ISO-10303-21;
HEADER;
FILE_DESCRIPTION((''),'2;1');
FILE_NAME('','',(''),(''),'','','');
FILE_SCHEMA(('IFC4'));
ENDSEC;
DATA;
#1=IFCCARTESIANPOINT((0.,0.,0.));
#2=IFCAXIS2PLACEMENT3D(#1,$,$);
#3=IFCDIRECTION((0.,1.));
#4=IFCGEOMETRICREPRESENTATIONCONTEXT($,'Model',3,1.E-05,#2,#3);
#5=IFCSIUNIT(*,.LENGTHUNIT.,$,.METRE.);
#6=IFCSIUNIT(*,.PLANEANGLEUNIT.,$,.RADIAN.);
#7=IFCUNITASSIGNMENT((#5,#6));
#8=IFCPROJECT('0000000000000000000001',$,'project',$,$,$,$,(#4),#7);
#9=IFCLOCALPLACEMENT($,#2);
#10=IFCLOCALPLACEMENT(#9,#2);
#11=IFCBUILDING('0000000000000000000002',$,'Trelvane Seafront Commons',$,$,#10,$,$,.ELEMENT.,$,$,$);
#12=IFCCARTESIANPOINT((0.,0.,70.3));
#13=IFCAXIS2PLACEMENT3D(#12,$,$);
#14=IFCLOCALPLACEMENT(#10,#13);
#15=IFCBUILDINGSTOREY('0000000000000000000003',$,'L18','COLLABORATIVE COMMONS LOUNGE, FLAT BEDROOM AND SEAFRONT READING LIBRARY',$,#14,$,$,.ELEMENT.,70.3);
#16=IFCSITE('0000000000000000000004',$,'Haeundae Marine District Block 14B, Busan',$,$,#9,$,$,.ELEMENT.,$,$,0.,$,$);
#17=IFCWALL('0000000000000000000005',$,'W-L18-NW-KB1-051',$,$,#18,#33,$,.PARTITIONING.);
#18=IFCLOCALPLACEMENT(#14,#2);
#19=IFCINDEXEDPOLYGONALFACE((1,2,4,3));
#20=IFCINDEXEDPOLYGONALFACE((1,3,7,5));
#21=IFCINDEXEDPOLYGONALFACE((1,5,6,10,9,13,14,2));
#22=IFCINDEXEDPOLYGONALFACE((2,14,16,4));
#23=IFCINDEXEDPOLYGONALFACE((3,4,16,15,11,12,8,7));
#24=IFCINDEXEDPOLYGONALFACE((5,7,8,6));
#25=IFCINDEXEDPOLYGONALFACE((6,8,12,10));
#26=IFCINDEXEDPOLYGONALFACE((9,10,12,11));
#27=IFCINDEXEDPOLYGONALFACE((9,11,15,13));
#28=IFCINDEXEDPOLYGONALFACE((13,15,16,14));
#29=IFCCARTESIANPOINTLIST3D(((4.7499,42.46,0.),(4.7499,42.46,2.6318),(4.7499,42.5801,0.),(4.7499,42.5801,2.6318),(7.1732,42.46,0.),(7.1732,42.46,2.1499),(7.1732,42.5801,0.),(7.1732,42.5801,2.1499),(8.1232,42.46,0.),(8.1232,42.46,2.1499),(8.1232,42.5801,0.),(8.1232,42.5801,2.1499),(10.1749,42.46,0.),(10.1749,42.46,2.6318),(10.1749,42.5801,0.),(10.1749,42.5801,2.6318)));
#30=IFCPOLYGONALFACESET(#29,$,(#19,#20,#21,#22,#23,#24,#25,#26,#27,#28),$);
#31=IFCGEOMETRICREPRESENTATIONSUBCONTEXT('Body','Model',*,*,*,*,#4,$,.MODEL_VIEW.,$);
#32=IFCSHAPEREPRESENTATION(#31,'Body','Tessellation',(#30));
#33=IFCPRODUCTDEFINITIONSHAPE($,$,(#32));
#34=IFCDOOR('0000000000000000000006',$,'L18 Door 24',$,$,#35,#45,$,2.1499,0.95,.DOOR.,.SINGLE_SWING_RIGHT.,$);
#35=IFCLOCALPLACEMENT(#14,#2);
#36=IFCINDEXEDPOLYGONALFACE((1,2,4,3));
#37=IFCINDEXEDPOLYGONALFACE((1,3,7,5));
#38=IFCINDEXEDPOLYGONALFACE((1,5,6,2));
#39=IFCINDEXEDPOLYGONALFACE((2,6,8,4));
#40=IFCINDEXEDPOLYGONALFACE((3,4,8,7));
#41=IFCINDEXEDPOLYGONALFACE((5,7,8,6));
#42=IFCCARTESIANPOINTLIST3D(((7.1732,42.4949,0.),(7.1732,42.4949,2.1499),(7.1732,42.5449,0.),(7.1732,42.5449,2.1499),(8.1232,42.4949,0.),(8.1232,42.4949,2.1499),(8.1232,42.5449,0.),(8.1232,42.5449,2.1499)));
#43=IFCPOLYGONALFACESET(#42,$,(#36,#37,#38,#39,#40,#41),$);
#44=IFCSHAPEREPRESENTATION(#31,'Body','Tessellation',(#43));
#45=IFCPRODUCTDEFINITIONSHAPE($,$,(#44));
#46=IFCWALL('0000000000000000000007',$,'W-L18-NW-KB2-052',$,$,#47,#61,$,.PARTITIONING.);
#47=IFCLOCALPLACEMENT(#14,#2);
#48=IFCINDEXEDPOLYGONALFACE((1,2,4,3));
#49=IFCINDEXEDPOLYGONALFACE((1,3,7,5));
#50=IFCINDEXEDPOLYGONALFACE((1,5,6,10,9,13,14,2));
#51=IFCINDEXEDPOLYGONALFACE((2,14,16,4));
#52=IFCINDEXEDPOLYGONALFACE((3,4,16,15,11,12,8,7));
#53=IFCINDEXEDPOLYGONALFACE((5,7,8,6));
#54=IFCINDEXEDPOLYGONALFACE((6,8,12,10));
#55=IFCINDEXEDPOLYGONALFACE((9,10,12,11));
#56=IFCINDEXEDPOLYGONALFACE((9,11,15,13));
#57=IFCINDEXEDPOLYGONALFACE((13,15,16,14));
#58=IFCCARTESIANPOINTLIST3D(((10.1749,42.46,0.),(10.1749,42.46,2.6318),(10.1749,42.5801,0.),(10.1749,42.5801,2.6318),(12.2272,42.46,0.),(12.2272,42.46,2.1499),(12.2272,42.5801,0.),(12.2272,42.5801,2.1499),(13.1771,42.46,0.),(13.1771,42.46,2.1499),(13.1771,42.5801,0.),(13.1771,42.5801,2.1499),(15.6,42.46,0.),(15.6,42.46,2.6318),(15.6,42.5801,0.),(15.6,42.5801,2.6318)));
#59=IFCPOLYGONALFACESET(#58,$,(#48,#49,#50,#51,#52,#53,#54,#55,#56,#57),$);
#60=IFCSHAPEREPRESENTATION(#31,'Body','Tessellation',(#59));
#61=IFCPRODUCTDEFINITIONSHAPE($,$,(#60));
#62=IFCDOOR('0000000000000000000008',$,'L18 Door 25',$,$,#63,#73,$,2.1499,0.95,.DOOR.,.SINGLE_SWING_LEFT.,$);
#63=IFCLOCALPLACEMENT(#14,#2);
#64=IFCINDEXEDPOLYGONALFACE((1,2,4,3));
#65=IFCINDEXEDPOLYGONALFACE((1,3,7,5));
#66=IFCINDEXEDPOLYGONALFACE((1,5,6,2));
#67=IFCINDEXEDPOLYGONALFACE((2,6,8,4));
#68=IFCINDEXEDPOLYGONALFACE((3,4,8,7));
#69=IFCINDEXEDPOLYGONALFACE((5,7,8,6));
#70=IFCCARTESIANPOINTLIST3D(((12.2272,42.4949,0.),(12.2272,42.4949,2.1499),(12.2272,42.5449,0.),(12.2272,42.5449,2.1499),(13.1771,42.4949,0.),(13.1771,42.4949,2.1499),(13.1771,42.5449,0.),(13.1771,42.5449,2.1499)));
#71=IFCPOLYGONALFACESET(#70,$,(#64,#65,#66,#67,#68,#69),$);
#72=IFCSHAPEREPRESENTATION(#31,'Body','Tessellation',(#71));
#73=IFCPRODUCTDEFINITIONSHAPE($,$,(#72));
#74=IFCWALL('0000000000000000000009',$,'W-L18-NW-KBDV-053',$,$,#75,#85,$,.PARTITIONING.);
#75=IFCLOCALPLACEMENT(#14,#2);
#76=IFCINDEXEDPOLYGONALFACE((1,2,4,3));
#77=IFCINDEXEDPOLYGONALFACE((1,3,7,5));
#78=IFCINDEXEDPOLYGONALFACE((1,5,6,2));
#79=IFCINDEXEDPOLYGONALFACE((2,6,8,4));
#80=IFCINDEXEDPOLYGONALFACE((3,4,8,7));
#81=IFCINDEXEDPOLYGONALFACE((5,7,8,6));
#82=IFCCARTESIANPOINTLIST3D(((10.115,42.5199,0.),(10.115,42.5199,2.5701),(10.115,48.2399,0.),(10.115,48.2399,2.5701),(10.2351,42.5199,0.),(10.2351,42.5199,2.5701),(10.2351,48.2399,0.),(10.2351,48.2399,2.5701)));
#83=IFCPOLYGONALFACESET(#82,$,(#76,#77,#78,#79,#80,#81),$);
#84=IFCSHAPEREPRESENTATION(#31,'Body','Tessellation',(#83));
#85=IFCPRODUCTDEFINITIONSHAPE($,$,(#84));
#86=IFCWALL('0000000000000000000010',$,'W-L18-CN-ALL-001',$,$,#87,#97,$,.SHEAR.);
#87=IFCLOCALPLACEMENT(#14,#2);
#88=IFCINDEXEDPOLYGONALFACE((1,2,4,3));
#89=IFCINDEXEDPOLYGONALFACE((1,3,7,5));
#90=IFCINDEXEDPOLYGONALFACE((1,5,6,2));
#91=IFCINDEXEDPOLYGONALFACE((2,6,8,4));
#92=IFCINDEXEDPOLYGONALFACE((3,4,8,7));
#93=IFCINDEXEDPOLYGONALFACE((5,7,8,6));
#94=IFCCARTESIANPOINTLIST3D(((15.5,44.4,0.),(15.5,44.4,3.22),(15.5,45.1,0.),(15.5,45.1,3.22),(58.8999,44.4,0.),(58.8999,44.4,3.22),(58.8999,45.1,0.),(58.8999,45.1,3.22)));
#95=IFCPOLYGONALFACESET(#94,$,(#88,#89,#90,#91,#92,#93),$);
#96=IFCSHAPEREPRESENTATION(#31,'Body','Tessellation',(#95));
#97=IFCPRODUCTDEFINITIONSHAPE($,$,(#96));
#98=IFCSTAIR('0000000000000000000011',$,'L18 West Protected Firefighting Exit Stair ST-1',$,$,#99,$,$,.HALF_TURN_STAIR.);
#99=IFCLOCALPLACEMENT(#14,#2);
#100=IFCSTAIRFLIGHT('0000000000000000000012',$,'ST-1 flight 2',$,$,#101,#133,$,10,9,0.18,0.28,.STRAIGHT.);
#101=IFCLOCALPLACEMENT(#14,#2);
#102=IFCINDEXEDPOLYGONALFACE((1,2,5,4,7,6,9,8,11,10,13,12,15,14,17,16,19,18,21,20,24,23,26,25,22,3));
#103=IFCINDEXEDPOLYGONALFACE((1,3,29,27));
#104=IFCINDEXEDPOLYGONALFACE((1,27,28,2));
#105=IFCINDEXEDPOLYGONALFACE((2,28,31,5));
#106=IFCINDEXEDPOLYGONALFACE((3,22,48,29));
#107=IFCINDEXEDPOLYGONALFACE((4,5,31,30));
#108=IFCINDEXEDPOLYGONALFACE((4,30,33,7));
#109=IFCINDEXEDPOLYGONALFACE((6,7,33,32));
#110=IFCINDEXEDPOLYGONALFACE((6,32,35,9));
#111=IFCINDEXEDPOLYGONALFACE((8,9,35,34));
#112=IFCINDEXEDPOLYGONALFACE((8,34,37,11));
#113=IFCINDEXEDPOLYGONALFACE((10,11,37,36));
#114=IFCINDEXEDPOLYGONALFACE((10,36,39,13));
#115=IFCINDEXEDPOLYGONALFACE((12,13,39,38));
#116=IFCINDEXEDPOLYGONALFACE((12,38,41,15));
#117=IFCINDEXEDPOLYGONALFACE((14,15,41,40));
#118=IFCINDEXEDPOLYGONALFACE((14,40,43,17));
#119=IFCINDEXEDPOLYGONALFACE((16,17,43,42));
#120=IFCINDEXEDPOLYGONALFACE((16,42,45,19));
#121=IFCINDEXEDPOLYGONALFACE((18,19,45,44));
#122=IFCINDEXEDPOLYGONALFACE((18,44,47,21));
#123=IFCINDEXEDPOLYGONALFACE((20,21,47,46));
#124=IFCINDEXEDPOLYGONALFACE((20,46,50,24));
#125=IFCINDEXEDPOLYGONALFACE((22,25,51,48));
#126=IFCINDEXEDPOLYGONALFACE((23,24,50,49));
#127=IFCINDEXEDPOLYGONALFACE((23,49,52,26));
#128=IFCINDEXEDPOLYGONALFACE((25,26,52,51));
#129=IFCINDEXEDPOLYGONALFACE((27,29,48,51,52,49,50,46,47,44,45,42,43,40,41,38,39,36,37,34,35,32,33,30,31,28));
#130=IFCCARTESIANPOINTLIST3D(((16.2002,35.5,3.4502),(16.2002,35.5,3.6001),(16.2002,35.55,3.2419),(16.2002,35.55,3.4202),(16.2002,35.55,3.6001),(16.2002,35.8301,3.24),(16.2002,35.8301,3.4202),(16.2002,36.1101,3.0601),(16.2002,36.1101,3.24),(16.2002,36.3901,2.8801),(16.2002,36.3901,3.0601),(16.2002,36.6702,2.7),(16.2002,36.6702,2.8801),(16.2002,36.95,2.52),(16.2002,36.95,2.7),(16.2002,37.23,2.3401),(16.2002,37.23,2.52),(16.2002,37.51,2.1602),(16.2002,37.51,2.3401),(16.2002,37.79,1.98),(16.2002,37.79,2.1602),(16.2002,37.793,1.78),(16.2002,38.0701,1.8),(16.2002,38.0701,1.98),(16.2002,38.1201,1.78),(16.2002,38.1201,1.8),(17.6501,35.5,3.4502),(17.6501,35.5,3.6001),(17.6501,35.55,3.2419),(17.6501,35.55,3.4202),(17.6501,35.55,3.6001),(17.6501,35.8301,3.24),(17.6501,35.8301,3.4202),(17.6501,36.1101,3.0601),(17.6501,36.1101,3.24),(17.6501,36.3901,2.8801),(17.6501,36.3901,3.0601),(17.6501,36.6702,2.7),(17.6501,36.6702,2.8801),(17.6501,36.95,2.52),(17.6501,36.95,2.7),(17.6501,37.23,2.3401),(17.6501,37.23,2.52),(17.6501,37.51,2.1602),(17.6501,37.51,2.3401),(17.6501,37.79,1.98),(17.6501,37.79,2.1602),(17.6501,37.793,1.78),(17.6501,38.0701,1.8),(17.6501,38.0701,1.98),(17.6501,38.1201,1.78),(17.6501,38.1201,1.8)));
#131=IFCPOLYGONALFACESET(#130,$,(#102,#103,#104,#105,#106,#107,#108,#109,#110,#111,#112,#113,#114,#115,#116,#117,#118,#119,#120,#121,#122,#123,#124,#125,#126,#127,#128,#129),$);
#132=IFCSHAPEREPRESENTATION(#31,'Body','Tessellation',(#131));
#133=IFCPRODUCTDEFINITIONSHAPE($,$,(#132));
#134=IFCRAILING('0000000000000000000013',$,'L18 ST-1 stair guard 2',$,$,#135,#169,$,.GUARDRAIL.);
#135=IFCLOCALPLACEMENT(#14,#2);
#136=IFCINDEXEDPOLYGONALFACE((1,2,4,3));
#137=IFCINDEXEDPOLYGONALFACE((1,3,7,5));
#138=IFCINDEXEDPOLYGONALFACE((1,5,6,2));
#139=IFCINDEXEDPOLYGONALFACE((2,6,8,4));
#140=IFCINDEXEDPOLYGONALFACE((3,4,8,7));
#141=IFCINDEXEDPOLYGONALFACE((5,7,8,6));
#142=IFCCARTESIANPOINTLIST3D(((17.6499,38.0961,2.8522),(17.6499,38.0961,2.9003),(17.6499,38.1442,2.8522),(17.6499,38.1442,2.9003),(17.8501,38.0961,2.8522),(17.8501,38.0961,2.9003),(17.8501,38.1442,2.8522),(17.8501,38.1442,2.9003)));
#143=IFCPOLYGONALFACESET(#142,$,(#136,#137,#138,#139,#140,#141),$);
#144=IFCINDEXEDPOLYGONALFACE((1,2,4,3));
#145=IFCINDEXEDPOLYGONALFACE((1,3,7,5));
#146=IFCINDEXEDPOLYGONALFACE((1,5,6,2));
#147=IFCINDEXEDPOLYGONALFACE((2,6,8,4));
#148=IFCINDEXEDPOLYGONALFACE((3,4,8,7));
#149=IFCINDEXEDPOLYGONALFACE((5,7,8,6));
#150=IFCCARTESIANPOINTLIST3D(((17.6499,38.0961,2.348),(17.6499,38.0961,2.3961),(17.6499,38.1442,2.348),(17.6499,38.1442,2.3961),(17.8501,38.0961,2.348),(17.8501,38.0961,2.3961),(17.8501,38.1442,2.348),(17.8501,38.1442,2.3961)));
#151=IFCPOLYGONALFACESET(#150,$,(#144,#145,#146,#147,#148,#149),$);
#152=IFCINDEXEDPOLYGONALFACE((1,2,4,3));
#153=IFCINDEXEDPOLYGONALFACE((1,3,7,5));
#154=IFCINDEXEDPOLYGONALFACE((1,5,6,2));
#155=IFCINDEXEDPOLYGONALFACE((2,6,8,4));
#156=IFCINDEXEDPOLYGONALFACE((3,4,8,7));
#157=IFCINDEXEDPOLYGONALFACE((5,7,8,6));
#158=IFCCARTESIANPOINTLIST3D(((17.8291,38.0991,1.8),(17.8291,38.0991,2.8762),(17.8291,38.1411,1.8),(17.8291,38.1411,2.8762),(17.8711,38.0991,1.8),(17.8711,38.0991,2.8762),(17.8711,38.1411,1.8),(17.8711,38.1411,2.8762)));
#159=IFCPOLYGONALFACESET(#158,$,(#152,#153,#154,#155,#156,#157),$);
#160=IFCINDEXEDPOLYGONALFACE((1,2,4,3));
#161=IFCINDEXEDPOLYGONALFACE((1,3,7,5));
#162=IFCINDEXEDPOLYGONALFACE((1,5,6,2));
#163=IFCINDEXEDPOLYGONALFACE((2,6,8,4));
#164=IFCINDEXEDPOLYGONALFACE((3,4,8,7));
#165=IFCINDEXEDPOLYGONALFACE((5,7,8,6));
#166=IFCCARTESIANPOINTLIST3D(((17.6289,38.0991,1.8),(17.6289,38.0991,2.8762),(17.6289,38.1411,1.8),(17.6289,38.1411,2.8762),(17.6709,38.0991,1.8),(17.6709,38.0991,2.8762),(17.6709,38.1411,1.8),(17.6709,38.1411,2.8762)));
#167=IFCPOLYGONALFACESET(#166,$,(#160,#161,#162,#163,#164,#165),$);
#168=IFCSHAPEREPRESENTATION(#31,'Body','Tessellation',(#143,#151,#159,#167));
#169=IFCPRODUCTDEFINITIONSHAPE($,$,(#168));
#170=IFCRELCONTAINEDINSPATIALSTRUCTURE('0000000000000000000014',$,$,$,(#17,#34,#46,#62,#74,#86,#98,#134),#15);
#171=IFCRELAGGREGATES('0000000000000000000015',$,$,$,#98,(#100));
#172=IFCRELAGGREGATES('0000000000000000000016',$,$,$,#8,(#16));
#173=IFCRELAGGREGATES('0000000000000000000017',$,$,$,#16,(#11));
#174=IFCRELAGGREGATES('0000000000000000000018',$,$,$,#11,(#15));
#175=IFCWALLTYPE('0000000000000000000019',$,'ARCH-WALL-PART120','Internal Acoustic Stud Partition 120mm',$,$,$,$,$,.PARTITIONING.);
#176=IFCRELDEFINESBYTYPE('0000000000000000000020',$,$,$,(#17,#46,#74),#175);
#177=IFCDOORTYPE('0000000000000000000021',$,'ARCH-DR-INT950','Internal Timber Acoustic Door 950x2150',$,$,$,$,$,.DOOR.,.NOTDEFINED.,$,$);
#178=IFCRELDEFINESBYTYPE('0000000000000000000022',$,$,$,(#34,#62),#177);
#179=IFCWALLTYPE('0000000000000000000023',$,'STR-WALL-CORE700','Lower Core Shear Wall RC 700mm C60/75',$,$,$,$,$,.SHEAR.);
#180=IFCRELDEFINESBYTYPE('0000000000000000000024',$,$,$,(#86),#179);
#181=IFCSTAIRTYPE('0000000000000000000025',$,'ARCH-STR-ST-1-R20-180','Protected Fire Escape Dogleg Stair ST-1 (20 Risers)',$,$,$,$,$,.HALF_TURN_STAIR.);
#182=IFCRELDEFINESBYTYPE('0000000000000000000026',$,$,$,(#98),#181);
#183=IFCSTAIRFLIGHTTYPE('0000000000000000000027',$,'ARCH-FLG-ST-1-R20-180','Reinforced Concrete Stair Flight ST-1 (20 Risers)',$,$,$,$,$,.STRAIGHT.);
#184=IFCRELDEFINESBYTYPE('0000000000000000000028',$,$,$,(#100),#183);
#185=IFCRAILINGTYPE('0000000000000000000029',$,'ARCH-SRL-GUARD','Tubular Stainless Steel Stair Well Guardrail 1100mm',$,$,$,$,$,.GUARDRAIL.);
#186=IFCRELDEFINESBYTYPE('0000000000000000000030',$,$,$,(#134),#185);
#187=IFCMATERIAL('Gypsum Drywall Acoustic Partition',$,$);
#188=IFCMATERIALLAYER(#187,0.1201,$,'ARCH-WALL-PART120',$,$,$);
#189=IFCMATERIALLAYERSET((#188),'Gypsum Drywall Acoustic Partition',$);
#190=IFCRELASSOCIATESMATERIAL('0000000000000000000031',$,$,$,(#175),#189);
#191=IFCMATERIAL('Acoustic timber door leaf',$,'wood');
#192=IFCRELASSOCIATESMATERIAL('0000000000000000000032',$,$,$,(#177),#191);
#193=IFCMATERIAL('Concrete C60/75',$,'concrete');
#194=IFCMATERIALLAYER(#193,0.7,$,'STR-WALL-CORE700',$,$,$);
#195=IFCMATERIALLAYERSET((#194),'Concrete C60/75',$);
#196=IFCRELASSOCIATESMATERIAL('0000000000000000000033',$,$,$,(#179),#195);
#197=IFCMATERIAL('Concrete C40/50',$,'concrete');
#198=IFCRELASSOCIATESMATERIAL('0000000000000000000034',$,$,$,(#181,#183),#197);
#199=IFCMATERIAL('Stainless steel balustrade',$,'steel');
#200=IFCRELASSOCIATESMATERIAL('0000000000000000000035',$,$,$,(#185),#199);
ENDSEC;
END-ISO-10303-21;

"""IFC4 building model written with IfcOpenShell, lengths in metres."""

from ifc_helpers import new_model, si_unit, direction, frame, frame_2d, origin, origin_2d, place, context, subcontext, project, spatial, polyline, rectangle, outline, extrude, source, transform, mapped, material, layer, layer_set, type_object, element, fill, aggregate, save


model = new_model("IFC4")

# Units and contexts
model_context = context("Model", 3, precision=1e-05, world=origin(), true_north=direction((0.0, 1.0)))
body_context = subcontext(model_context, "Body", "Model", "MODEL_VIEW")
ifc_project = project(units=[si_unit("LENGTHUNIT", "METRE"), si_unit("PLANEANGLEUNIT", "RADIAN")], contexts=[model_context])

# Site, building, storey
site_placement = place(None, origin())
site = spatial("IfcSite", under=ifc_project, at=site_placement, Name="Haeundae Marine District Block 14B, Busan", CompositionType="ELEMENT", RefElevation=0.0)
building_placement = place(site_placement, origin())
building = spatial("IfcBuilding", under=site, at=building_placement, Name="Trelvane Seafront Commons", CompositionType="ELEMENT")
storey_placement = place(building_placement, frame((0.0, 0.0, 70.3)))
storey = spatial("IfcBuildingStorey", under=building, at=storey_placement, Name="L18", Description="COLLABORATIVE COMMONS LOUNGE, FLAT BEDROOM AND SEAFRONT READING LIBRARY", CompositionType="ELEMENT", Elevation=70.3)

# Shared definitions
ifc_material_1 = material(Name="Concrete C60/75", Category="concrete")

# Walls, openings, doors
ifc_material_2 = material(Name="Gypsum Drywall Acoustic Partition")
ifc_layer_1 = layer(ifc_material_2, 0.1201, Name="ARCH-WALL-PART120")
ifc_layer_set_1 = layer_set([ifc_layer_1], Name="Gypsum Drywall Acoustic Partition")
wall_type_1 = type_object("IfcWallType", Name="ARCH-WALL-PART120", Description="Internal Acoustic Stud Partition 120mm", PredefinedType="PARTITIONING", material=ifc_layer_set_1)
wall_1_placement = place(storey_placement, frame((4.75, 42.52, 0.0), z_axis=(0.0, 0.0, 1.0), x_axis=(1.0, 0.0, 0.0)))
wall_1 = element("IfcWall", 1, at=wall_1_placement, inside=storey, type_object=wall_type_1, Name="W-L18-NW-KB1-051", PredefinedType="PARTITIONING", context=body_context, shape_type="SweptSolid", body=[
    extrude(rectangle(XDim=5.425, YDim=0.1201, at=frame_2d((2.7124, 0.0))), origin(), (0.0, 0.0, 1.0), 2.6318),
])
opening_1_placement = place(wall_1_placement, frame((2.4231, 0.0, 0.0)))
opening_1 = element("IfcOpeningElement", 2, at=opening_1_placement, cuts=wall_1, PredefinedType="OPENING", context=body_context, shape_type="SweptSolid", body=[
    extrude(rectangle(XDim=0.95, YDim=2.1499, at=frame_2d((0.4751, 1.075))), frame((0.0, 0.0701, 0.0), z_axis=(0.0, -1.0, 0.0), x_axis=(1.0, 0.0, 0.0)), (0.0, 0.0, 1.0), 0.1401),
])
ifc_material_3 = material(Name="Acoustic timber door leaf", Category="wood")
door_type_1 = type_object("IfcDoorType", Name="ARCH-DR-INT950", Description="Internal Timber Acoustic Door 950x2150", OperationType="NOTDEFINED", PredefinedType="DOOR", material=ifc_material_3)
shared_shape_1 = source(origin(), body_context, "Body", "SweptSolid", [
    extrude(rectangle(XDim=0.95, YDim=2.1499, at=frame_2d((0.4751, 1.075))), frame((0.0, 0.0249, 0.0), z_axis=(0.0, -1.0, 0.0), x_axis=(1.0, 0.0, 0.0)), (0.0, 0.0, 1.0), 0.05),
])
door_1_placement = place(opening_1_placement, origin())
door_1 = element("IfcDoor", 3, at=door_1_placement, inside=storey, type_object=door_type_1, Name="L18 Door 24", OperationType="SINGLE_SWING_RIGHT", OverallHeight=2.1499, OverallWidth=0.95, PredefinedType="DOOR", context=body_context, shape_type="MappedRepresentation", body=[
    mapped(shared_shape_1, transform((0.0, 0.0, 0.0), x_axis=(1.0, 0.0, 0.0), y_axis=(0.0, 1.0, 0.0), z_axis=(0.0, 0.0, 1.0), scale=1.0)),
])
fill(opening_1, door_1)
wall_2_placement = place(storey_placement, frame((10.175, 42.52, 0.0), z_axis=(0.0, 0.0, 1.0), x_axis=(1.0, 0.0, 0.0)))
wall_2 = element("IfcWall", 4, at=wall_2_placement, inside=storey, type_object=wall_type_1, Name="W-L18-NW-KB2-052", PredefinedType="PARTITIONING", context=body_context, shape_type="SweptSolid", body=[
    extrude(rectangle(XDim=5.425, YDim=0.1201, at=frame_2d((2.7124, 0.0))), origin(), (0.0, 0.0, 1.0), 2.6318),
])
opening_2_placement = place(wall_2_placement, frame((2.052, 0.0, 0.0)))
opening_2 = element("IfcOpeningElement", 5, at=opening_2_placement, cuts=wall_2, PredefinedType="OPENING", context=body_context, shape_type="SweptSolid", body=[
    extrude(rectangle(XDim=0.95, YDim=2.1499, at=frame_2d((0.4751, 1.075))), frame((0.0, 0.0701, 0.0), z_axis=(0.0, -1.0, 0.0), x_axis=(1.0, 0.0, 0.0)), (0.0, 0.0, 1.0), 0.1401),
])
door_2_placement = place(opening_2_placement, origin())
door_2 = element("IfcDoor", 6, at=door_2_placement, inside=storey, type_object=door_type_1, Name="L18 Door 25", OperationType="SINGLE_SWING_LEFT", OverallHeight=2.1499, OverallWidth=0.95, PredefinedType="DOOR", context=body_context, shape_type="MappedRepresentation", body=[
    mapped(shared_shape_1, transform((0.0, 0.0, 0.0), x_axis=(1.0, 0.0, 0.0), y_axis=(0.0, 1.0, 0.0), z_axis=(0.0, 0.0, 1.0), scale=1.0)),
])
fill(opening_2, door_2)

# Wall
wall_3_placement = place(storey_placement, frame((10.175, 42.52, 0.0), z_axis=(0.0, 0.0, 1.0), x_axis=(0.0, 1.0, 0.0)))
element("IfcWall", 7, at=wall_3_placement, inside=storey, type_object=wall_type_1, Name="W-L18-NW-KBDV-053", PredefinedType="PARTITIONING", context=body_context, shape_type="SweptSolid", body=[
    extrude(rectangle(XDim=5.72, YDim=0.1201, at=frame_2d((2.8599, 0.0))), origin(), (0.0, 0.0, 1.0), 2.5701),
])

# Wall
ifc_layer_2 = layer(ifc_material_1, 0.7, Name="STR-WALL-CORE700")
ifc_layer_set_2 = layer_set([ifc_layer_2], Name="Concrete C60/75")
wall_type_2 = type_object("IfcWallType", Name="STR-WALL-CORE700", Description="Lower Core Shear Wall RC 700mm C60/75", PredefinedType="SHEAR", material=ifc_layer_set_2)
wall_4_placement = place(storey_placement, frame((15.5, 44.75, 0.0), z_axis=(0.0, 0.0, 1.0), x_axis=(1.0, 0.0, 0.0)))
element("IfcWall", 8, at=wall_4_placement, inside=storey, type_object=wall_type_2, Name="W-L18-CN-ALL-001", PredefinedType="SHEAR", context=body_context, shape_type="SweptSolid", body=[
    extrude(rectangle(XDim=43.3999, YDim=0.7, at=frame_2d((21.7, 0.0))), origin(), (0.0, 0.0, 1.0), 3.22),
])

# Stair, stair flight
ifc_material_4 = material(Name="Concrete C40/50", Category="concrete")
stair_type = type_object("IfcStairType", Name="ARCH-STR-ST-1-R20-180", Description="Protected Fire Escape Dogleg Stair ST-1 (20 Risers)", PredefinedType="HALF_TURN_STAIR", material=ifc_material_4)
stair_placement = place(storey_placement, origin())
stair = element("IfcStair", 9, at=stair_placement, inside=storey, type_object=stair_type, Name="L18 West Protected Firefighting Exit Stair ST-1", PredefinedType="HALF_TURN_STAIR")
stair_flight_type = type_object("IfcStairFlightType", Name="ARCH-FLG-ST-1-R20-180", Description="Reinforced Concrete Stair Flight ST-1 (20 Risers)", PredefinedType="STRAIGHT", material=ifc_material_4)
shared_shape_2 = source(origin(), body_context, "Body", "SweptSolid", [
    extrude(outline(polyline([(-0.05, -0.02), (-0.05, 0.0), (0.0, 0.0), (0.0, 0.1799), (0.28, 0.1799), (0.28, 0.3601), (0.5601, 0.3601), (0.5601, 0.54), (0.8401, 0.54), (0.8401, 0.72), (1.1201, 0.72), (1.1201, 0.8999), (1.3999, 0.8999), (1.3999, 1.0801), (1.6799, 1.0801), (1.6799, 1.26), (1.96, 1.26), (1.96, 1.4399), (2.24, 1.4399), (2.24, 1.6201), (2.52, 1.6201), (2.52, 1.8), (2.5701, 1.8), (2.5701, 1.6501), (2.52, 1.4419), (0.2771, -0.02), (-0.05, -0.02)])), frame((0.0, 0.7251, 0.0), z_axis=(0.0, -1.0, 0.0), x_axis=(1.0, 0.0, 0.0)), (0.0, 0.0, 1.0), 1.45),
])
stair_flight_placement = place(storey_placement, frame((16.925, 38.0701, 1.8), z_axis=(0.0, 0.0, 1.0), x_axis=(0.0, -1.0, 0.0)))
stair_flight = element("IfcStairFlight", 10, at=stair_flight_placement, type_object=stair_flight_type, Name="ST-1 flight 2", NumberOfRisers=10, NumberOfTreads=9, PredefinedType="STRAIGHT", RiserHeight=0.18, TreadLength=0.28, context=body_context, shape_type="MappedRepresentation", body=[
    mapped(shared_shape_2, transform((0.0, 0.0, 0.0), x_axis=(1.0, 0.0, 0.0), y_axis=(0.0, 1.0, 0.0), z_axis=(0.0, 0.0, 1.0), scale=1.0)),
])
aggregate(stair, [stair_flight])

# Railing
ifc_material_5 = material(Name="Stainless steel balustrade", Category="steel")
railing_type = type_object("IfcRailingType", Name="ARCH-SRL-GUARD", Description="Tubular Stainless Steel Stair Well Guardrail 1100mm", PredefinedType="GUARDRAIL", material=ifc_material_5)
railing_1_placement = place(storey_placement, frame((17.8501, 38.1201, 1.8)))
element("IfcRailing", 11, at=railing_1_placement, inside=storey, type_object=railing_type, Name="L18 ST-1 stair guard 2", PredefinedType="GUARDRAIL", context=body_context, shape_type="SweptSolid", body=[
    extrude(rectangle(XDim=0.0481, YDim=0.0481, at=origin_2d()), frame((0.0, 0.0, 1.0762), z_axis=(-1.0, 0.0, 0.0), x_axis=(0.0, -1.0, 0.0)), (0.0, 0.0, 1.0), 0.2002),
    extrude(rectangle(XDim=0.0481, YDim=0.0481, at=origin_2d()), frame((0.0, 0.0, 0.572), z_axis=(-1.0, 0.0, 0.0), x_axis=(0.0, -1.0, 0.0)), (0.0, 0.0, 1.0), 0.2002),
    extrude(rectangle(XDim=0.042, YDim=0.042, at=origin_2d()), origin(), (0.0, 0.0, 1.0), 1.0762),
    extrude(rectangle(XDim=0.042, YDim=0.042, at=origin_2d()), frame((-0.2002, 0.0, 0.0)), (0.0, 0.0, 1.0), 1.0762),
])

save(model, "model.ifc")
